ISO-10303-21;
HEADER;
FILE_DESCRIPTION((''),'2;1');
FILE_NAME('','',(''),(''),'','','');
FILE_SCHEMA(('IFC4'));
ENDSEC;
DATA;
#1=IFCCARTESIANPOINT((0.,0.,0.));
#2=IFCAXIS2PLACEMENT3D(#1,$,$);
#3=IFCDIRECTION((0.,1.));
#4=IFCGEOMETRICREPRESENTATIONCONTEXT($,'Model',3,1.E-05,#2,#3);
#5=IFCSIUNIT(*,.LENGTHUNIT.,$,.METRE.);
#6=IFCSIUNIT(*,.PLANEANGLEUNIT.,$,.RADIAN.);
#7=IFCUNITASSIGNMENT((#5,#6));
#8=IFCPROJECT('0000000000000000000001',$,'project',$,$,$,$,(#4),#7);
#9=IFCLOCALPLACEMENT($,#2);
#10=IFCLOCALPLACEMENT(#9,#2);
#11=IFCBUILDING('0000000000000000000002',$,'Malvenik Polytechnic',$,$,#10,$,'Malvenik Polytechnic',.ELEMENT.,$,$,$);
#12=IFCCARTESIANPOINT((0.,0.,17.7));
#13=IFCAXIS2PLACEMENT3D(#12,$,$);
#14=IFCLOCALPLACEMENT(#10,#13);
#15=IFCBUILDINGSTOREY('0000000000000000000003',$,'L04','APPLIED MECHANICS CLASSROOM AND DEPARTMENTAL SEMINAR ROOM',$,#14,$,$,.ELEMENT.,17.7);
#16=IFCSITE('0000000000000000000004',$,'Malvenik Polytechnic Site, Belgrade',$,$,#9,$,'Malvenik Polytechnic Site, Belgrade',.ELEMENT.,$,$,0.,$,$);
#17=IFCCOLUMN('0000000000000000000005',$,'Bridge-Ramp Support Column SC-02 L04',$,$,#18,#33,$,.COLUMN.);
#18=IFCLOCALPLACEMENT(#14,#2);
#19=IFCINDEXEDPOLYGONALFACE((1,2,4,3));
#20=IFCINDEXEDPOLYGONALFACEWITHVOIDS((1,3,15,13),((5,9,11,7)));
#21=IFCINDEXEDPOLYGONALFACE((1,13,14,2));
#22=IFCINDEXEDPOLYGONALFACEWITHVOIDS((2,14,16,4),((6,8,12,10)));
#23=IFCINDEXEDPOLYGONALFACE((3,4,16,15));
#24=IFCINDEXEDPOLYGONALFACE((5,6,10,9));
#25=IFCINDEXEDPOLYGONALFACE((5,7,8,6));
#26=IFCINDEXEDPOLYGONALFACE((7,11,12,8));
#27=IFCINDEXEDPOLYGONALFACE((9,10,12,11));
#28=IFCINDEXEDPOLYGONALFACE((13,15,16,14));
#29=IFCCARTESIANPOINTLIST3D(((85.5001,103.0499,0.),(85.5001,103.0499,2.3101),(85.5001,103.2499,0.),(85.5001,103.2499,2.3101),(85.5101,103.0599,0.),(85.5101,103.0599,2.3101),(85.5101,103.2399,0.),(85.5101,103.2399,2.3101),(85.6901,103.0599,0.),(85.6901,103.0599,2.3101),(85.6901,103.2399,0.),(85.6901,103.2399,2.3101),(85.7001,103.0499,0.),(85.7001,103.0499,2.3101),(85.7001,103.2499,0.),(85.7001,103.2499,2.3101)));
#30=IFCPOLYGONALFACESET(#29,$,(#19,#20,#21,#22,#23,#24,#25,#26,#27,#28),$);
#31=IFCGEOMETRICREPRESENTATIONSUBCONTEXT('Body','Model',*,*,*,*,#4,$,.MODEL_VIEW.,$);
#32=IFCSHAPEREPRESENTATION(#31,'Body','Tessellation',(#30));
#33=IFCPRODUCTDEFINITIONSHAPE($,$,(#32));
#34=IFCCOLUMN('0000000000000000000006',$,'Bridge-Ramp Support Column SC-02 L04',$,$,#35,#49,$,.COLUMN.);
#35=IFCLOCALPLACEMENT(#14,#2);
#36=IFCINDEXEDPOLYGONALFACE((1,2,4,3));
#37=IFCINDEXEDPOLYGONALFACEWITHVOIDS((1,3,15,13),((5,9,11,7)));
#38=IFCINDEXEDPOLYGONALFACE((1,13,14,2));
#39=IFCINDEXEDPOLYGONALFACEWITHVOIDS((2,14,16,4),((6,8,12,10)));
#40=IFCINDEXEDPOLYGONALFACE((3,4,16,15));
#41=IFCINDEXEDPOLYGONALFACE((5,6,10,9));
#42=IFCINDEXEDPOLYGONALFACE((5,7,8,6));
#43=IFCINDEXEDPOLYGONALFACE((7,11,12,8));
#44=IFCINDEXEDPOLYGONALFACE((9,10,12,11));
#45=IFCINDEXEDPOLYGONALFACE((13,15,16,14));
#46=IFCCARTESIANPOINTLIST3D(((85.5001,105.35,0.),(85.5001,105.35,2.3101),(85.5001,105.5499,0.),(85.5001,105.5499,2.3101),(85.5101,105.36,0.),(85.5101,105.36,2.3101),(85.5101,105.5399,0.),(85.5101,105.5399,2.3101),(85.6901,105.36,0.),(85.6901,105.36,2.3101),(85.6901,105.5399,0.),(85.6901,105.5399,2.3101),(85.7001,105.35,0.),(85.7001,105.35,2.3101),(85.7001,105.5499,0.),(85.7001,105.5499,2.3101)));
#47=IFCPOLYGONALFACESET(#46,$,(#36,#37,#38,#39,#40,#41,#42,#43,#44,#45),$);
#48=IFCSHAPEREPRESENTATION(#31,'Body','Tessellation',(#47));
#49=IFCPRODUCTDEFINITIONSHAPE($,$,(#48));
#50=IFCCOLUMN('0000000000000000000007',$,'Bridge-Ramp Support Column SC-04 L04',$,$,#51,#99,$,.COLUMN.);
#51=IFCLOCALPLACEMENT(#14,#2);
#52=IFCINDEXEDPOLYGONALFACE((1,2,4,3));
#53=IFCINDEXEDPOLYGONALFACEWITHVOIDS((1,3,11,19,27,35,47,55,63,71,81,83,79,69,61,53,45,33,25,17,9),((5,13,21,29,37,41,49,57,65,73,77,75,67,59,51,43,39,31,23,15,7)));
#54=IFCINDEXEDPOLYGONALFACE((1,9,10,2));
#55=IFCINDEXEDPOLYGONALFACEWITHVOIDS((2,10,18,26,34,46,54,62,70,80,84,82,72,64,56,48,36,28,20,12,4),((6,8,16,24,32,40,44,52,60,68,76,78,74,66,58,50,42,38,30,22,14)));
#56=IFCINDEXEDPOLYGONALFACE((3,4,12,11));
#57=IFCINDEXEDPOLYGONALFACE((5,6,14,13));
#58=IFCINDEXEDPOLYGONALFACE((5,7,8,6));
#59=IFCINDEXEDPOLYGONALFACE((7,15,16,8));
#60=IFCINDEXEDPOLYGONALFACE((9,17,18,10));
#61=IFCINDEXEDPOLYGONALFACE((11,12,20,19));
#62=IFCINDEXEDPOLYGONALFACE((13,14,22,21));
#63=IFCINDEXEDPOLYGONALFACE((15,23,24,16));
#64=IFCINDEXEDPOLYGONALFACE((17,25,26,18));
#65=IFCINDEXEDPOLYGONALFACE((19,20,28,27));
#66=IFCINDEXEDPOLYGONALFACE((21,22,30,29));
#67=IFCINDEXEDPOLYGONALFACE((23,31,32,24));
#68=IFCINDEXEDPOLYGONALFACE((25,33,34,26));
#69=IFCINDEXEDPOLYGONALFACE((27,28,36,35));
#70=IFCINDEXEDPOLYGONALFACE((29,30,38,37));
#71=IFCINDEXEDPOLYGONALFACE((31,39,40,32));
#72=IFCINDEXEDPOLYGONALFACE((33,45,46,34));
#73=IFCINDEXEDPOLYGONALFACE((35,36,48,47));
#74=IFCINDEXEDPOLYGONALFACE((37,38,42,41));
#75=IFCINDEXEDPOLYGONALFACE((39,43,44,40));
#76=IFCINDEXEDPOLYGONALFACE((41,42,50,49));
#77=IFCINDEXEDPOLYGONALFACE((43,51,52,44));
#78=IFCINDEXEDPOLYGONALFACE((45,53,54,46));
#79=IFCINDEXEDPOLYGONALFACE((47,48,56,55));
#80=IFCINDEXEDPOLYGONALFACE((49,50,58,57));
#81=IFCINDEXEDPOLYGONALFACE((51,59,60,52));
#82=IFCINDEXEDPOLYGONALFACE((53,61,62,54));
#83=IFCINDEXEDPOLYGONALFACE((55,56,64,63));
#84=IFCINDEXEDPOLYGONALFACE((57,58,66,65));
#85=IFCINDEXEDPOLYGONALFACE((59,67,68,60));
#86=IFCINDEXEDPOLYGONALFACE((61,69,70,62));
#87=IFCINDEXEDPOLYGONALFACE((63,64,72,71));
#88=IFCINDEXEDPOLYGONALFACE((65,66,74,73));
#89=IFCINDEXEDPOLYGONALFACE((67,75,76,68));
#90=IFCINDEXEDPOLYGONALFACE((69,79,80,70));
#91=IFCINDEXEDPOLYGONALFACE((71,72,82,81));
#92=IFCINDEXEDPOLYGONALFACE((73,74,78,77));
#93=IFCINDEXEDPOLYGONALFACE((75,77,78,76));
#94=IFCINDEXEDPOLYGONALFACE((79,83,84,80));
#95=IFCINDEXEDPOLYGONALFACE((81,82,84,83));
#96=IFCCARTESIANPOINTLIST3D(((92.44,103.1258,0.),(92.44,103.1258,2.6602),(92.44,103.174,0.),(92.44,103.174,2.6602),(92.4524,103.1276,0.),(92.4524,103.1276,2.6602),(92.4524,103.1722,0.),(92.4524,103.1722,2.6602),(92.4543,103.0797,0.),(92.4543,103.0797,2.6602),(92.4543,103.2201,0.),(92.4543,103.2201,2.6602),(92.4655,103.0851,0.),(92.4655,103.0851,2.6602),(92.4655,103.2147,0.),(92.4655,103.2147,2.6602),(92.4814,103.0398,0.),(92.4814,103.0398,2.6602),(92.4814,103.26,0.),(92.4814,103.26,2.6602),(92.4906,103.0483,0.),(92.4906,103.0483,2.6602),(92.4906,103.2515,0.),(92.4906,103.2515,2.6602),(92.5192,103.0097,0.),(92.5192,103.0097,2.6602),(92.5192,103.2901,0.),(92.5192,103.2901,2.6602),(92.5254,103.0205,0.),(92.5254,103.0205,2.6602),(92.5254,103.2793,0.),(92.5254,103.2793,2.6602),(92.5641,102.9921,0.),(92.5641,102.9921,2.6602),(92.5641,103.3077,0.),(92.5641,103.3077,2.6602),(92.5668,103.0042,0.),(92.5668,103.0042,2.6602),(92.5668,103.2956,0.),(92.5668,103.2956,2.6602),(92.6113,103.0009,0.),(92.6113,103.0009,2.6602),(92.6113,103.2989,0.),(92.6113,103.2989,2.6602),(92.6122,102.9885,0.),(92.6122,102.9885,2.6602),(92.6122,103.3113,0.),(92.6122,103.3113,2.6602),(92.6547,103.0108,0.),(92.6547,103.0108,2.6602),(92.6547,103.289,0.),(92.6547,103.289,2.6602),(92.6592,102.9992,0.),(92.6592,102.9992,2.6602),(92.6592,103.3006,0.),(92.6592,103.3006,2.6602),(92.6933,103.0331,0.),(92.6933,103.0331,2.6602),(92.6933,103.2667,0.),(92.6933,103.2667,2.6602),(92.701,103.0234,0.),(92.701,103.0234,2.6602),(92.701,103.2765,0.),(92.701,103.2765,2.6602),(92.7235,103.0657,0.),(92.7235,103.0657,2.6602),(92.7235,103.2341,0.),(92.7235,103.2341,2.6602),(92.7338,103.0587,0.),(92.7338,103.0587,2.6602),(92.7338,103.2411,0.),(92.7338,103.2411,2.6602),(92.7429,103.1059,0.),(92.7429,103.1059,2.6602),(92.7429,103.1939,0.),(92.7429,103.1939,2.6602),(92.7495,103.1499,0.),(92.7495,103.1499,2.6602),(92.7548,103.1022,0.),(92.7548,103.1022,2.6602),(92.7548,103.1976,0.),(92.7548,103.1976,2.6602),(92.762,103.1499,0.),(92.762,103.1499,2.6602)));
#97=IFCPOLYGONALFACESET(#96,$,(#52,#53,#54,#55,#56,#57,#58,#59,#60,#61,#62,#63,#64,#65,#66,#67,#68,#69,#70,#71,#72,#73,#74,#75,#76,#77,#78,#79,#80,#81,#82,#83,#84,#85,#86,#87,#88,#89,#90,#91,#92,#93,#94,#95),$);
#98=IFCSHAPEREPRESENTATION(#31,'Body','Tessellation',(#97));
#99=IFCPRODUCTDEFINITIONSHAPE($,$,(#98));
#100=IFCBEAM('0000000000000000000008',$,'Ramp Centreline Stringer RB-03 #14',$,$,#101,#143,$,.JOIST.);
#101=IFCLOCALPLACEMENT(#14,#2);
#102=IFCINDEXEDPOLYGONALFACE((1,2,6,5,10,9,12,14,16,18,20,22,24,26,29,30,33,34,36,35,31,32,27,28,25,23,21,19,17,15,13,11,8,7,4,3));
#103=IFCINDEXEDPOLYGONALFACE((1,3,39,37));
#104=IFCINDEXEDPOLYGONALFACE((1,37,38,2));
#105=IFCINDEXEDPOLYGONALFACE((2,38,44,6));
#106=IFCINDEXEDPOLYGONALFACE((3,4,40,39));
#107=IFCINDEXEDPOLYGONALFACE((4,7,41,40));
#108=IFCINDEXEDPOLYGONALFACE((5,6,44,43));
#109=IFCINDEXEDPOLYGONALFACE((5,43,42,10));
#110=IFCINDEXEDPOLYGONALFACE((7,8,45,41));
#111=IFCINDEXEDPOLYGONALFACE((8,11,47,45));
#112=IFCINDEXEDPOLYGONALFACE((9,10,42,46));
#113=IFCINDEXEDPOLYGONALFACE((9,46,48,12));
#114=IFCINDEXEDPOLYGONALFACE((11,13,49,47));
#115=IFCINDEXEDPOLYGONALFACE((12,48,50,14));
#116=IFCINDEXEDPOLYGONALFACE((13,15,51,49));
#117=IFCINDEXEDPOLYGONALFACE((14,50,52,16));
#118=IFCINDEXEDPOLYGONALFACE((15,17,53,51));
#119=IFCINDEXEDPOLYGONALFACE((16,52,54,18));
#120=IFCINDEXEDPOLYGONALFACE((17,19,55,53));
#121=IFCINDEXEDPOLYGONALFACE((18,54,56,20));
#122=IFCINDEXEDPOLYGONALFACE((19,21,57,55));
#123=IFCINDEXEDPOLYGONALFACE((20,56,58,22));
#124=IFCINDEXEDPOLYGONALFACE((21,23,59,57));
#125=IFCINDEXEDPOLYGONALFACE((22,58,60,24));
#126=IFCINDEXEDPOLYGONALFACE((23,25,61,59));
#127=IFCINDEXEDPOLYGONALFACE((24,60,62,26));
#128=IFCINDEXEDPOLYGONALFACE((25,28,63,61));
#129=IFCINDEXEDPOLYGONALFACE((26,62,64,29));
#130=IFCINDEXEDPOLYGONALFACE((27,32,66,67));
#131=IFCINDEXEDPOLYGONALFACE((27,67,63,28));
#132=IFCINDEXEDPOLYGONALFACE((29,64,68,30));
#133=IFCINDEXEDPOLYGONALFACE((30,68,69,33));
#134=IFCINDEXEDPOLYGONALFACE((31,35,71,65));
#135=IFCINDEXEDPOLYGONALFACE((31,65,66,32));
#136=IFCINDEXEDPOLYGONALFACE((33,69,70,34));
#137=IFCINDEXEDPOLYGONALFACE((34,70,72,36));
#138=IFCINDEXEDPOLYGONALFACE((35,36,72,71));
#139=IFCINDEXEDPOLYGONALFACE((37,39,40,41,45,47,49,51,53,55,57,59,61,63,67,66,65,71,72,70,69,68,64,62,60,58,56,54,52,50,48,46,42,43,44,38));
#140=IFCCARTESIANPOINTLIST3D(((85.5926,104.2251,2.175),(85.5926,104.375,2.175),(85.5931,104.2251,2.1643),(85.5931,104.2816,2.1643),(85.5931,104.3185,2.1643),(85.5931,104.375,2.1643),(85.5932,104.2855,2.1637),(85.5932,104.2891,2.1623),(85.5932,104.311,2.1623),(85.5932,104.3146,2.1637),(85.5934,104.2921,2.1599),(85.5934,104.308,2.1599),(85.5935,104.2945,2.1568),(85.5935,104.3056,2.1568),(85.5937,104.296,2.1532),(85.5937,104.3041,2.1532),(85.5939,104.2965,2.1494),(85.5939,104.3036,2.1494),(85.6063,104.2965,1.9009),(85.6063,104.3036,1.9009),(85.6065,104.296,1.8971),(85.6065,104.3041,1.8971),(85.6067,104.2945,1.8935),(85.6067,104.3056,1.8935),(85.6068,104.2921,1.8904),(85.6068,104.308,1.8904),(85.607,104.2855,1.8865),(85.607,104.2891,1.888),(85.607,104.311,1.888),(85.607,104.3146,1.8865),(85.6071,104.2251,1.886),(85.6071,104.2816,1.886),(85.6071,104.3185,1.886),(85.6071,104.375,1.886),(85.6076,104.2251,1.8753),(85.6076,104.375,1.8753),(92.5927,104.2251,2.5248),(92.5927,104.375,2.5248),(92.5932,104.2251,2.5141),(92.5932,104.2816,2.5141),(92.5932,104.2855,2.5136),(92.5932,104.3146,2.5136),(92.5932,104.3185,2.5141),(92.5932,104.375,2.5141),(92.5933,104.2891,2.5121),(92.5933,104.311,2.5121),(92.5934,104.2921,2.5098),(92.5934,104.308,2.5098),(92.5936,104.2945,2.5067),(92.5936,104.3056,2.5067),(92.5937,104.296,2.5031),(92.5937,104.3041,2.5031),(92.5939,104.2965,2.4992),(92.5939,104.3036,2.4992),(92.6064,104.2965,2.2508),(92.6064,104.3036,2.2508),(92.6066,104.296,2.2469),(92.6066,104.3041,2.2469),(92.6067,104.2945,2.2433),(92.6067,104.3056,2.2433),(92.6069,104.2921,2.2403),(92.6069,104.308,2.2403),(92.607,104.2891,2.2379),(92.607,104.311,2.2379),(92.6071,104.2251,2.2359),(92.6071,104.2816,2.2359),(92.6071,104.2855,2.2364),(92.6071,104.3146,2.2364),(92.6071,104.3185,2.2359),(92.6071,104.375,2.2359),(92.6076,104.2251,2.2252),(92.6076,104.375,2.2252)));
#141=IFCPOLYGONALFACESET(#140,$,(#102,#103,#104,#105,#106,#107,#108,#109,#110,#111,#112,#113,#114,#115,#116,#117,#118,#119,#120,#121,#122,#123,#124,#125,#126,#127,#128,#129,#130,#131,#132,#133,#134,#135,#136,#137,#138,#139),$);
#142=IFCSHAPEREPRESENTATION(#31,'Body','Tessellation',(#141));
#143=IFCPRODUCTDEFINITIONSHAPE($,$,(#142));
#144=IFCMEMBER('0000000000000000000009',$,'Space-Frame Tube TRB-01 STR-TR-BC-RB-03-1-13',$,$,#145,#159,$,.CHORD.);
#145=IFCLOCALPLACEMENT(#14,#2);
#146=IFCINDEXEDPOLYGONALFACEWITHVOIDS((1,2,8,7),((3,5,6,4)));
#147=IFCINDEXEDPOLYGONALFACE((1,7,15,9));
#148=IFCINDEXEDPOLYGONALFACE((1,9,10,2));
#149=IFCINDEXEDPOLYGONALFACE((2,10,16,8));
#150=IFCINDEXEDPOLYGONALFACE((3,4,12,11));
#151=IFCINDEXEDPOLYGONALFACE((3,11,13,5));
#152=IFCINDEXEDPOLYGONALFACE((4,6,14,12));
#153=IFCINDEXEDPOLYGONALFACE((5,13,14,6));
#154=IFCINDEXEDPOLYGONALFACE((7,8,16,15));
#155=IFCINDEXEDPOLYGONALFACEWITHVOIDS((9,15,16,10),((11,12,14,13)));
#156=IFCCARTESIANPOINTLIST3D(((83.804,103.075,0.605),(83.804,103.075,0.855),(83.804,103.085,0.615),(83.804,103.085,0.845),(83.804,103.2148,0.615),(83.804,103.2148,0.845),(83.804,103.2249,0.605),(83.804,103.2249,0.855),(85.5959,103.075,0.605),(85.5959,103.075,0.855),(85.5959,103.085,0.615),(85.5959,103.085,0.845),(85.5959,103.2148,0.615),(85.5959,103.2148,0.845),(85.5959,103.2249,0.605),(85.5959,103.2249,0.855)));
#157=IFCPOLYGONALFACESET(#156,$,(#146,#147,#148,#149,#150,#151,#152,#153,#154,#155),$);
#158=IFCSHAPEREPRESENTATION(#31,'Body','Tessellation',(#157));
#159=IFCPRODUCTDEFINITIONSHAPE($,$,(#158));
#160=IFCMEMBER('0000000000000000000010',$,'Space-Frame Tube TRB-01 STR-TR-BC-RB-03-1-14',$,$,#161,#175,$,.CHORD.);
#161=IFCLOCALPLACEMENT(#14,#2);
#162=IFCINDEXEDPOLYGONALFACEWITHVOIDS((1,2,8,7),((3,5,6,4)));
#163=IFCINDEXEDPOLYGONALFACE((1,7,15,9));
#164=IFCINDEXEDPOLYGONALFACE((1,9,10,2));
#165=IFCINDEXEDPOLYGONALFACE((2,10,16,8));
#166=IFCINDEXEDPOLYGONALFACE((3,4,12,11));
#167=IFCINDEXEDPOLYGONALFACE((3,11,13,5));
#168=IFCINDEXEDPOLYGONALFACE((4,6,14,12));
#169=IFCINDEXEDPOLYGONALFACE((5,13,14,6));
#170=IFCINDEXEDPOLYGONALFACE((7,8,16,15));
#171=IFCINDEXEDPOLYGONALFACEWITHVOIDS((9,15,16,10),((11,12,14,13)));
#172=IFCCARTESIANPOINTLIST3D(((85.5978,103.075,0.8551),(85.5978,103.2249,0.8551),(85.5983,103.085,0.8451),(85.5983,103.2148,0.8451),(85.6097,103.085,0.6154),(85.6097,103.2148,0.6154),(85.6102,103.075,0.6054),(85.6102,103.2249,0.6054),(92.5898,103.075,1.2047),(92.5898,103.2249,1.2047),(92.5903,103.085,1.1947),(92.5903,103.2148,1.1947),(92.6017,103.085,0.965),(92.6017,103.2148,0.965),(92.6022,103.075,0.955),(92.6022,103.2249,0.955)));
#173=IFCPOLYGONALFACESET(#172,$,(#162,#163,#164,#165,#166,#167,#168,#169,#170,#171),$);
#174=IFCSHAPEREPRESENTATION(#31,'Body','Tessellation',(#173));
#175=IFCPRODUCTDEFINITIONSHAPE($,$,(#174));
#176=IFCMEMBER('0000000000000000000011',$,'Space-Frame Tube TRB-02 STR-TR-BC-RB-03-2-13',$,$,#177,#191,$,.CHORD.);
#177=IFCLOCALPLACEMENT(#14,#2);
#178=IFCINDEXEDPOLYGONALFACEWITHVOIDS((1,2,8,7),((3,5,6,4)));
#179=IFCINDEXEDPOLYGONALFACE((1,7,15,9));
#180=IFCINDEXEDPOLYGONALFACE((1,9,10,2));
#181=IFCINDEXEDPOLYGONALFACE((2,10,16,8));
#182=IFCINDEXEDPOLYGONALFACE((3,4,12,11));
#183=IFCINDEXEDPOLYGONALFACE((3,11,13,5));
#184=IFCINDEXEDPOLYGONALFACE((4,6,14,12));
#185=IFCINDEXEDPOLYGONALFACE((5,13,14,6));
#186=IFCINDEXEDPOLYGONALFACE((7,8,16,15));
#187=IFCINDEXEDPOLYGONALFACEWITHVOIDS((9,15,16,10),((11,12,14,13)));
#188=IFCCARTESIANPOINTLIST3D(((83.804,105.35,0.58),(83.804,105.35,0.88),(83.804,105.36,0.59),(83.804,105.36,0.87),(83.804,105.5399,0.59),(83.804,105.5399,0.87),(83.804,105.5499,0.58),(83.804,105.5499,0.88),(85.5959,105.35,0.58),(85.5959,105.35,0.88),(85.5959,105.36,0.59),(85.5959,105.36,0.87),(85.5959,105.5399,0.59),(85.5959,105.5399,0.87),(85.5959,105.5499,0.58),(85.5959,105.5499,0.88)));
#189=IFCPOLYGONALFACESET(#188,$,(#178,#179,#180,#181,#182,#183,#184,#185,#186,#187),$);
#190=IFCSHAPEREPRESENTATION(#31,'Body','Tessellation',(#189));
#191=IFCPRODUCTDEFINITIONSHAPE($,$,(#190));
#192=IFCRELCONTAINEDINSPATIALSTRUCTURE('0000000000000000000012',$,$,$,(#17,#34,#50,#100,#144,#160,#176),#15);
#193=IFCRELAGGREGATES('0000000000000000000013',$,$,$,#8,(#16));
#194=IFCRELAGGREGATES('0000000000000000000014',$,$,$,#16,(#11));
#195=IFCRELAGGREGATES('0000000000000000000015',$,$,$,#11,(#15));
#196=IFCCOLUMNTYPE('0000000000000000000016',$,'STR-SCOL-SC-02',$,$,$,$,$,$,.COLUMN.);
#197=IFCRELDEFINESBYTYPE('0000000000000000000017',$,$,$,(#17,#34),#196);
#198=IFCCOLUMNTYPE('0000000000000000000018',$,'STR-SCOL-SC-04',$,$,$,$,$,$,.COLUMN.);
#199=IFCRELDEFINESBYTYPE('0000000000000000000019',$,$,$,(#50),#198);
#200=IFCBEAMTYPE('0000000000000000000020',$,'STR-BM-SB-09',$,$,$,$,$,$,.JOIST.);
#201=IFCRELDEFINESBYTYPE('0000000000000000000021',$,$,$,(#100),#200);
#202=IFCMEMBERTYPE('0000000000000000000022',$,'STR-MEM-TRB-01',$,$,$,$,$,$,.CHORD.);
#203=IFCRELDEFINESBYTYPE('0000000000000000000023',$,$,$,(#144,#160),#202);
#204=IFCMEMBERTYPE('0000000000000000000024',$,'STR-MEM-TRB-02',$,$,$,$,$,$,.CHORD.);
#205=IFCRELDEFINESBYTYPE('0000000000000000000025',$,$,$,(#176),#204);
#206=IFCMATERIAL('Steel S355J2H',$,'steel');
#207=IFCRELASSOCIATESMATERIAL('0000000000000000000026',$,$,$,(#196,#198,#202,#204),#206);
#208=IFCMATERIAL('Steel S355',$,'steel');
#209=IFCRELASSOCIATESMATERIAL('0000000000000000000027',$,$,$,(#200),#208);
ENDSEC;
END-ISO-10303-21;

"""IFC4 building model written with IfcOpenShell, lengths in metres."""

from ifc_helpers import new_model, si_unit, direction, frame, origin, origin_2d, place, context, subcontext, project, spatial, hollow_rectangle, hollow_circle, i_section, extrude, material, material_profile, profile_set, type_object, element, save


model = new_model("IFC4")

# Units and contexts
model_context = context("Model", 3, precision=1e-05, world=origin(), true_north=direction((0.0, 1.0)))
body_context = subcontext(model_context, "Body", "Model", "MODEL_VIEW")
ifc_project = project(units=[si_unit("LENGTHUNIT", "METRE"), si_unit("PLANEANGLEUNIT", "RADIAN")], contexts=[model_context])

# Site, building, storey
site_placement = place(None, origin())
site = spatial("IfcSite", under=ifc_project, at=site_placement, Name="Malvenik Polytechnic Site, Belgrade", LongName="Malvenik Polytechnic Site, Belgrade", CompositionType="ELEMENT", RefElevation=0.0)
building_placement = place(site_placement, origin())
building = spatial("IfcBuilding", under=site, at=building_placement, Name="Malvenik Polytechnic", LongName="Malvenik Polytechnic", CompositionType="ELEMENT")
storey_placement = place(building_placement, frame((0.0, 0.0, 17.7)))
storey = spatial("IfcBuildingStorey", under=building, at=storey_placement, Name="L04", Description="APPLIED MECHANICS CLASSROOM AND DEPARTMENTAL SEMINAR ROOM", CompositionType="ELEMENT", Elevation=17.7)

# Columns
ifc_material_1 = material(Name="Steel S355J2H", Category="steel")
ifc_material_profile_1 = material_profile(ifc_material_1, hollow_rectangle(XDim=0.2, YDim=0.2, WallThickness=0.01, at=origin_2d()), Name="SHS 200x200x10.0")
ifc_profile_set_1 = profile_set([ifc_material_profile_1], Name="Steel S355J2H")
column_type_1 = type_object("IfcColumnType", Name="STR-SCOL-SC-02", PredefinedType="COLUMN", material=ifc_profile_set_1)
for number, where, z_axis, x_axis, name in (
    (1, (85.6001, 103.1499, 0.0), (0.0, 0.0, 1.0), (1.0, 0.0, 0.0), "Bridge-Ramp Support Column SC-02 L04"),
    (2, (85.6001, 105.45, 0.0), (0.0, 0.0, 1.0), (1.0, 0.0, 0.0), "Bridge-Ramp Support Column SC-02 L04"),
):
    element("IfcColumn", number, at=place(storey_placement, frame(where, z_axis=z_axis, x_axis=x_axis)), inside=storey, type_object=column_type_1, Name=name, PredefinedType="COLUMN", context=body_context, shape_type="SweptSolid", body=[
        extrude(hollow_rectangle(XDim=0.2, YDim=0.2, WallThickness=0.01, at=origin_2d()), origin(), (0.0, 0.0, 1.0), 2.3101),
    ])
ifc_material_profile_2 = material_profile(ifc_material_1, hollow_circle(Radius=0.1619, WallThickness=0.0125, at=origin_2d()), Name="CHS 323.9x12.5")
ifc_profile_set_2 = profile_set([ifc_material_profile_2], Name="Steel S355J2H")
column_type_2 = type_object("IfcColumnType", Name="STR-SCOL-SC-04", PredefinedType="COLUMN", material=ifc_profile_set_2)
column_placement = place(storey_placement, frame((92.6001, 103.1499, 0.0), z_axis=(0.0, 0.0, 1.0), x_axis=(1.0, 0.0, 0.0)))
element("IfcColumn", 3, at=column_placement, inside=storey, type_object=column_type_2, Name="Bridge-Ramp Support Column SC-04 L04", PredefinedType="COLUMN", context=body_context, shape_type="SweptSolid", body=[
    extrude(hollow_circle(Radius=0.1619, WallThickness=0.0125, at=origin_2d()), origin(), (0.0, 0.0, 1.0), 2.6602),
])

# Beam
ifc_material_2 = material(Name="Steel S355", Category="steel")
ifc_material_profile_3 = material_profile(ifc_material_2, i_section(OverallWidth=0.1499, OverallDepth=0.3, WebThickness=0.0071, FlangeThickness=0.0107, FilletRadius=0.0149, at=origin_2d()), Name="IPE 300")
ifc_profile_set_3 = profile_set([ifc_material_profile_3], Name="Steel S355")
beam_type = type_object("IfcBeamType", Name="STR-BM-SB-09", PredefinedType="JOIST", material=ifc_profile_set_3)
beam_placement = place(storey_placement, frame((85.6001, 104.3, 2.0251), z_axis=(0.998753, 0.0, 0.049917), x_axis=(0.0, 1.0, 0.0)))
element("IfcBeam", 4, at=beam_placement, inside=storey, type_object=beam_type, Name="Ramp Centreline Stringer RB-03 #14", PredefinedType="JOIST", context=body_context, shape_type="SweptSolid", body=[
    extrude(i_section(OverallWidth=0.1499, OverallDepth=0.3, WebThickness=0.0071, FlangeThickness=0.0107, FilletRadius=0.0149, at=origin_2d()), origin(), (0.0, 0.0, 1.0), 7.0088),
])

# Members
ifc_material_profile_4 = material_profile(ifc_material_1, hollow_rectangle(XDim=0.1499, YDim=0.25, WallThickness=0.01, at=origin_2d()), Name="RHS 250x150x10.0")
ifc_profile_set_4 = profile_set([ifc_material_profile_4], Name="Steel S355J2H")
member_type_1 = type_object("IfcMemberType", Name="STR-MEM-TRB-01", PredefinedType="CHORD", material=ifc_profile_set_4)
member_1_placement = place(storey_placement, frame((83.804, 103.1499, 0.73), z_axis=(1.0, 0.0, 0.0), x_axis=(0.0, 1.0, 0.0)))
element("IfcMember", 5, at=member_1_placement, inside=storey, type_object=member_type_1, Name="Space-Frame Tube TRB-01 STR-TR-BC-RB-03-1-13", PredefinedType="CHORD", context=body_context, shape_type="SweptSolid", body=[
    extrude(hollow_rectangle(XDim=0.1499, YDim=0.25, WallThickness=0.01, at=origin_2d()), origin(), (0.0, 0.0, 1.0), 1.792),
])
member_2_placement = place(storey_placement, frame((85.604, 103.1499, 0.7302), z_axis=(0.998752, 0.0, 0.049939), x_axis=(0.0, 1.0, 0.0)))
element("IfcMember", 6, at=member_2_placement, inside=storey, type_object=member_type_1, Name="Space-Frame Tube TRB-01 STR-TR-BC-RB-03-1-14", PredefinedType="CHORD", context=body_context, shape_type="SweptSolid", body=[
    extrude(hollow_rectangle(XDim=0.1499, YDim=0.25, WallThickness=0.01, at=origin_2d()), origin(), (0.0, 0.0, 1.0), 7.0007),
])
ifc_material_profile_5 = material_profile(ifc_material_1, hollow_rectangle(XDim=0.2, YDim=0.3, WallThickness=0.01, at=origin_2d()), Name="RHS 300x200x10.0")
ifc_profile_set_5 = profile_set([ifc_material_profile_5], Name="Steel S355J2H")
member_type_2 = type_object("IfcMemberType", Name="STR-MEM-TRB-02", PredefinedType="CHORD", material=ifc_profile_set_5)
member_3_placement = place(storey_placement, frame((83.804, 105.45, 0.73), z_axis=(1.0, 0.0, 0.0), x_axis=(0.0, 1.0, 0.0)))
element("IfcMember", 7, at=member_3_placement, inside=storey, type_object=member_type_2, Name="Space-Frame Tube TRB-02 STR-TR-BC-RB-03-2-13", PredefinedType="CHORD", context=body_context, shape_type="SweptSolid", body=[
    extrude(hollow_rectangle(XDim=0.2, YDim=0.3, WallThickness=0.01, at=origin_2d()), origin(), (0.0, 0.0, 1.0), 1.792),
])

save(model, "model.ifc")
